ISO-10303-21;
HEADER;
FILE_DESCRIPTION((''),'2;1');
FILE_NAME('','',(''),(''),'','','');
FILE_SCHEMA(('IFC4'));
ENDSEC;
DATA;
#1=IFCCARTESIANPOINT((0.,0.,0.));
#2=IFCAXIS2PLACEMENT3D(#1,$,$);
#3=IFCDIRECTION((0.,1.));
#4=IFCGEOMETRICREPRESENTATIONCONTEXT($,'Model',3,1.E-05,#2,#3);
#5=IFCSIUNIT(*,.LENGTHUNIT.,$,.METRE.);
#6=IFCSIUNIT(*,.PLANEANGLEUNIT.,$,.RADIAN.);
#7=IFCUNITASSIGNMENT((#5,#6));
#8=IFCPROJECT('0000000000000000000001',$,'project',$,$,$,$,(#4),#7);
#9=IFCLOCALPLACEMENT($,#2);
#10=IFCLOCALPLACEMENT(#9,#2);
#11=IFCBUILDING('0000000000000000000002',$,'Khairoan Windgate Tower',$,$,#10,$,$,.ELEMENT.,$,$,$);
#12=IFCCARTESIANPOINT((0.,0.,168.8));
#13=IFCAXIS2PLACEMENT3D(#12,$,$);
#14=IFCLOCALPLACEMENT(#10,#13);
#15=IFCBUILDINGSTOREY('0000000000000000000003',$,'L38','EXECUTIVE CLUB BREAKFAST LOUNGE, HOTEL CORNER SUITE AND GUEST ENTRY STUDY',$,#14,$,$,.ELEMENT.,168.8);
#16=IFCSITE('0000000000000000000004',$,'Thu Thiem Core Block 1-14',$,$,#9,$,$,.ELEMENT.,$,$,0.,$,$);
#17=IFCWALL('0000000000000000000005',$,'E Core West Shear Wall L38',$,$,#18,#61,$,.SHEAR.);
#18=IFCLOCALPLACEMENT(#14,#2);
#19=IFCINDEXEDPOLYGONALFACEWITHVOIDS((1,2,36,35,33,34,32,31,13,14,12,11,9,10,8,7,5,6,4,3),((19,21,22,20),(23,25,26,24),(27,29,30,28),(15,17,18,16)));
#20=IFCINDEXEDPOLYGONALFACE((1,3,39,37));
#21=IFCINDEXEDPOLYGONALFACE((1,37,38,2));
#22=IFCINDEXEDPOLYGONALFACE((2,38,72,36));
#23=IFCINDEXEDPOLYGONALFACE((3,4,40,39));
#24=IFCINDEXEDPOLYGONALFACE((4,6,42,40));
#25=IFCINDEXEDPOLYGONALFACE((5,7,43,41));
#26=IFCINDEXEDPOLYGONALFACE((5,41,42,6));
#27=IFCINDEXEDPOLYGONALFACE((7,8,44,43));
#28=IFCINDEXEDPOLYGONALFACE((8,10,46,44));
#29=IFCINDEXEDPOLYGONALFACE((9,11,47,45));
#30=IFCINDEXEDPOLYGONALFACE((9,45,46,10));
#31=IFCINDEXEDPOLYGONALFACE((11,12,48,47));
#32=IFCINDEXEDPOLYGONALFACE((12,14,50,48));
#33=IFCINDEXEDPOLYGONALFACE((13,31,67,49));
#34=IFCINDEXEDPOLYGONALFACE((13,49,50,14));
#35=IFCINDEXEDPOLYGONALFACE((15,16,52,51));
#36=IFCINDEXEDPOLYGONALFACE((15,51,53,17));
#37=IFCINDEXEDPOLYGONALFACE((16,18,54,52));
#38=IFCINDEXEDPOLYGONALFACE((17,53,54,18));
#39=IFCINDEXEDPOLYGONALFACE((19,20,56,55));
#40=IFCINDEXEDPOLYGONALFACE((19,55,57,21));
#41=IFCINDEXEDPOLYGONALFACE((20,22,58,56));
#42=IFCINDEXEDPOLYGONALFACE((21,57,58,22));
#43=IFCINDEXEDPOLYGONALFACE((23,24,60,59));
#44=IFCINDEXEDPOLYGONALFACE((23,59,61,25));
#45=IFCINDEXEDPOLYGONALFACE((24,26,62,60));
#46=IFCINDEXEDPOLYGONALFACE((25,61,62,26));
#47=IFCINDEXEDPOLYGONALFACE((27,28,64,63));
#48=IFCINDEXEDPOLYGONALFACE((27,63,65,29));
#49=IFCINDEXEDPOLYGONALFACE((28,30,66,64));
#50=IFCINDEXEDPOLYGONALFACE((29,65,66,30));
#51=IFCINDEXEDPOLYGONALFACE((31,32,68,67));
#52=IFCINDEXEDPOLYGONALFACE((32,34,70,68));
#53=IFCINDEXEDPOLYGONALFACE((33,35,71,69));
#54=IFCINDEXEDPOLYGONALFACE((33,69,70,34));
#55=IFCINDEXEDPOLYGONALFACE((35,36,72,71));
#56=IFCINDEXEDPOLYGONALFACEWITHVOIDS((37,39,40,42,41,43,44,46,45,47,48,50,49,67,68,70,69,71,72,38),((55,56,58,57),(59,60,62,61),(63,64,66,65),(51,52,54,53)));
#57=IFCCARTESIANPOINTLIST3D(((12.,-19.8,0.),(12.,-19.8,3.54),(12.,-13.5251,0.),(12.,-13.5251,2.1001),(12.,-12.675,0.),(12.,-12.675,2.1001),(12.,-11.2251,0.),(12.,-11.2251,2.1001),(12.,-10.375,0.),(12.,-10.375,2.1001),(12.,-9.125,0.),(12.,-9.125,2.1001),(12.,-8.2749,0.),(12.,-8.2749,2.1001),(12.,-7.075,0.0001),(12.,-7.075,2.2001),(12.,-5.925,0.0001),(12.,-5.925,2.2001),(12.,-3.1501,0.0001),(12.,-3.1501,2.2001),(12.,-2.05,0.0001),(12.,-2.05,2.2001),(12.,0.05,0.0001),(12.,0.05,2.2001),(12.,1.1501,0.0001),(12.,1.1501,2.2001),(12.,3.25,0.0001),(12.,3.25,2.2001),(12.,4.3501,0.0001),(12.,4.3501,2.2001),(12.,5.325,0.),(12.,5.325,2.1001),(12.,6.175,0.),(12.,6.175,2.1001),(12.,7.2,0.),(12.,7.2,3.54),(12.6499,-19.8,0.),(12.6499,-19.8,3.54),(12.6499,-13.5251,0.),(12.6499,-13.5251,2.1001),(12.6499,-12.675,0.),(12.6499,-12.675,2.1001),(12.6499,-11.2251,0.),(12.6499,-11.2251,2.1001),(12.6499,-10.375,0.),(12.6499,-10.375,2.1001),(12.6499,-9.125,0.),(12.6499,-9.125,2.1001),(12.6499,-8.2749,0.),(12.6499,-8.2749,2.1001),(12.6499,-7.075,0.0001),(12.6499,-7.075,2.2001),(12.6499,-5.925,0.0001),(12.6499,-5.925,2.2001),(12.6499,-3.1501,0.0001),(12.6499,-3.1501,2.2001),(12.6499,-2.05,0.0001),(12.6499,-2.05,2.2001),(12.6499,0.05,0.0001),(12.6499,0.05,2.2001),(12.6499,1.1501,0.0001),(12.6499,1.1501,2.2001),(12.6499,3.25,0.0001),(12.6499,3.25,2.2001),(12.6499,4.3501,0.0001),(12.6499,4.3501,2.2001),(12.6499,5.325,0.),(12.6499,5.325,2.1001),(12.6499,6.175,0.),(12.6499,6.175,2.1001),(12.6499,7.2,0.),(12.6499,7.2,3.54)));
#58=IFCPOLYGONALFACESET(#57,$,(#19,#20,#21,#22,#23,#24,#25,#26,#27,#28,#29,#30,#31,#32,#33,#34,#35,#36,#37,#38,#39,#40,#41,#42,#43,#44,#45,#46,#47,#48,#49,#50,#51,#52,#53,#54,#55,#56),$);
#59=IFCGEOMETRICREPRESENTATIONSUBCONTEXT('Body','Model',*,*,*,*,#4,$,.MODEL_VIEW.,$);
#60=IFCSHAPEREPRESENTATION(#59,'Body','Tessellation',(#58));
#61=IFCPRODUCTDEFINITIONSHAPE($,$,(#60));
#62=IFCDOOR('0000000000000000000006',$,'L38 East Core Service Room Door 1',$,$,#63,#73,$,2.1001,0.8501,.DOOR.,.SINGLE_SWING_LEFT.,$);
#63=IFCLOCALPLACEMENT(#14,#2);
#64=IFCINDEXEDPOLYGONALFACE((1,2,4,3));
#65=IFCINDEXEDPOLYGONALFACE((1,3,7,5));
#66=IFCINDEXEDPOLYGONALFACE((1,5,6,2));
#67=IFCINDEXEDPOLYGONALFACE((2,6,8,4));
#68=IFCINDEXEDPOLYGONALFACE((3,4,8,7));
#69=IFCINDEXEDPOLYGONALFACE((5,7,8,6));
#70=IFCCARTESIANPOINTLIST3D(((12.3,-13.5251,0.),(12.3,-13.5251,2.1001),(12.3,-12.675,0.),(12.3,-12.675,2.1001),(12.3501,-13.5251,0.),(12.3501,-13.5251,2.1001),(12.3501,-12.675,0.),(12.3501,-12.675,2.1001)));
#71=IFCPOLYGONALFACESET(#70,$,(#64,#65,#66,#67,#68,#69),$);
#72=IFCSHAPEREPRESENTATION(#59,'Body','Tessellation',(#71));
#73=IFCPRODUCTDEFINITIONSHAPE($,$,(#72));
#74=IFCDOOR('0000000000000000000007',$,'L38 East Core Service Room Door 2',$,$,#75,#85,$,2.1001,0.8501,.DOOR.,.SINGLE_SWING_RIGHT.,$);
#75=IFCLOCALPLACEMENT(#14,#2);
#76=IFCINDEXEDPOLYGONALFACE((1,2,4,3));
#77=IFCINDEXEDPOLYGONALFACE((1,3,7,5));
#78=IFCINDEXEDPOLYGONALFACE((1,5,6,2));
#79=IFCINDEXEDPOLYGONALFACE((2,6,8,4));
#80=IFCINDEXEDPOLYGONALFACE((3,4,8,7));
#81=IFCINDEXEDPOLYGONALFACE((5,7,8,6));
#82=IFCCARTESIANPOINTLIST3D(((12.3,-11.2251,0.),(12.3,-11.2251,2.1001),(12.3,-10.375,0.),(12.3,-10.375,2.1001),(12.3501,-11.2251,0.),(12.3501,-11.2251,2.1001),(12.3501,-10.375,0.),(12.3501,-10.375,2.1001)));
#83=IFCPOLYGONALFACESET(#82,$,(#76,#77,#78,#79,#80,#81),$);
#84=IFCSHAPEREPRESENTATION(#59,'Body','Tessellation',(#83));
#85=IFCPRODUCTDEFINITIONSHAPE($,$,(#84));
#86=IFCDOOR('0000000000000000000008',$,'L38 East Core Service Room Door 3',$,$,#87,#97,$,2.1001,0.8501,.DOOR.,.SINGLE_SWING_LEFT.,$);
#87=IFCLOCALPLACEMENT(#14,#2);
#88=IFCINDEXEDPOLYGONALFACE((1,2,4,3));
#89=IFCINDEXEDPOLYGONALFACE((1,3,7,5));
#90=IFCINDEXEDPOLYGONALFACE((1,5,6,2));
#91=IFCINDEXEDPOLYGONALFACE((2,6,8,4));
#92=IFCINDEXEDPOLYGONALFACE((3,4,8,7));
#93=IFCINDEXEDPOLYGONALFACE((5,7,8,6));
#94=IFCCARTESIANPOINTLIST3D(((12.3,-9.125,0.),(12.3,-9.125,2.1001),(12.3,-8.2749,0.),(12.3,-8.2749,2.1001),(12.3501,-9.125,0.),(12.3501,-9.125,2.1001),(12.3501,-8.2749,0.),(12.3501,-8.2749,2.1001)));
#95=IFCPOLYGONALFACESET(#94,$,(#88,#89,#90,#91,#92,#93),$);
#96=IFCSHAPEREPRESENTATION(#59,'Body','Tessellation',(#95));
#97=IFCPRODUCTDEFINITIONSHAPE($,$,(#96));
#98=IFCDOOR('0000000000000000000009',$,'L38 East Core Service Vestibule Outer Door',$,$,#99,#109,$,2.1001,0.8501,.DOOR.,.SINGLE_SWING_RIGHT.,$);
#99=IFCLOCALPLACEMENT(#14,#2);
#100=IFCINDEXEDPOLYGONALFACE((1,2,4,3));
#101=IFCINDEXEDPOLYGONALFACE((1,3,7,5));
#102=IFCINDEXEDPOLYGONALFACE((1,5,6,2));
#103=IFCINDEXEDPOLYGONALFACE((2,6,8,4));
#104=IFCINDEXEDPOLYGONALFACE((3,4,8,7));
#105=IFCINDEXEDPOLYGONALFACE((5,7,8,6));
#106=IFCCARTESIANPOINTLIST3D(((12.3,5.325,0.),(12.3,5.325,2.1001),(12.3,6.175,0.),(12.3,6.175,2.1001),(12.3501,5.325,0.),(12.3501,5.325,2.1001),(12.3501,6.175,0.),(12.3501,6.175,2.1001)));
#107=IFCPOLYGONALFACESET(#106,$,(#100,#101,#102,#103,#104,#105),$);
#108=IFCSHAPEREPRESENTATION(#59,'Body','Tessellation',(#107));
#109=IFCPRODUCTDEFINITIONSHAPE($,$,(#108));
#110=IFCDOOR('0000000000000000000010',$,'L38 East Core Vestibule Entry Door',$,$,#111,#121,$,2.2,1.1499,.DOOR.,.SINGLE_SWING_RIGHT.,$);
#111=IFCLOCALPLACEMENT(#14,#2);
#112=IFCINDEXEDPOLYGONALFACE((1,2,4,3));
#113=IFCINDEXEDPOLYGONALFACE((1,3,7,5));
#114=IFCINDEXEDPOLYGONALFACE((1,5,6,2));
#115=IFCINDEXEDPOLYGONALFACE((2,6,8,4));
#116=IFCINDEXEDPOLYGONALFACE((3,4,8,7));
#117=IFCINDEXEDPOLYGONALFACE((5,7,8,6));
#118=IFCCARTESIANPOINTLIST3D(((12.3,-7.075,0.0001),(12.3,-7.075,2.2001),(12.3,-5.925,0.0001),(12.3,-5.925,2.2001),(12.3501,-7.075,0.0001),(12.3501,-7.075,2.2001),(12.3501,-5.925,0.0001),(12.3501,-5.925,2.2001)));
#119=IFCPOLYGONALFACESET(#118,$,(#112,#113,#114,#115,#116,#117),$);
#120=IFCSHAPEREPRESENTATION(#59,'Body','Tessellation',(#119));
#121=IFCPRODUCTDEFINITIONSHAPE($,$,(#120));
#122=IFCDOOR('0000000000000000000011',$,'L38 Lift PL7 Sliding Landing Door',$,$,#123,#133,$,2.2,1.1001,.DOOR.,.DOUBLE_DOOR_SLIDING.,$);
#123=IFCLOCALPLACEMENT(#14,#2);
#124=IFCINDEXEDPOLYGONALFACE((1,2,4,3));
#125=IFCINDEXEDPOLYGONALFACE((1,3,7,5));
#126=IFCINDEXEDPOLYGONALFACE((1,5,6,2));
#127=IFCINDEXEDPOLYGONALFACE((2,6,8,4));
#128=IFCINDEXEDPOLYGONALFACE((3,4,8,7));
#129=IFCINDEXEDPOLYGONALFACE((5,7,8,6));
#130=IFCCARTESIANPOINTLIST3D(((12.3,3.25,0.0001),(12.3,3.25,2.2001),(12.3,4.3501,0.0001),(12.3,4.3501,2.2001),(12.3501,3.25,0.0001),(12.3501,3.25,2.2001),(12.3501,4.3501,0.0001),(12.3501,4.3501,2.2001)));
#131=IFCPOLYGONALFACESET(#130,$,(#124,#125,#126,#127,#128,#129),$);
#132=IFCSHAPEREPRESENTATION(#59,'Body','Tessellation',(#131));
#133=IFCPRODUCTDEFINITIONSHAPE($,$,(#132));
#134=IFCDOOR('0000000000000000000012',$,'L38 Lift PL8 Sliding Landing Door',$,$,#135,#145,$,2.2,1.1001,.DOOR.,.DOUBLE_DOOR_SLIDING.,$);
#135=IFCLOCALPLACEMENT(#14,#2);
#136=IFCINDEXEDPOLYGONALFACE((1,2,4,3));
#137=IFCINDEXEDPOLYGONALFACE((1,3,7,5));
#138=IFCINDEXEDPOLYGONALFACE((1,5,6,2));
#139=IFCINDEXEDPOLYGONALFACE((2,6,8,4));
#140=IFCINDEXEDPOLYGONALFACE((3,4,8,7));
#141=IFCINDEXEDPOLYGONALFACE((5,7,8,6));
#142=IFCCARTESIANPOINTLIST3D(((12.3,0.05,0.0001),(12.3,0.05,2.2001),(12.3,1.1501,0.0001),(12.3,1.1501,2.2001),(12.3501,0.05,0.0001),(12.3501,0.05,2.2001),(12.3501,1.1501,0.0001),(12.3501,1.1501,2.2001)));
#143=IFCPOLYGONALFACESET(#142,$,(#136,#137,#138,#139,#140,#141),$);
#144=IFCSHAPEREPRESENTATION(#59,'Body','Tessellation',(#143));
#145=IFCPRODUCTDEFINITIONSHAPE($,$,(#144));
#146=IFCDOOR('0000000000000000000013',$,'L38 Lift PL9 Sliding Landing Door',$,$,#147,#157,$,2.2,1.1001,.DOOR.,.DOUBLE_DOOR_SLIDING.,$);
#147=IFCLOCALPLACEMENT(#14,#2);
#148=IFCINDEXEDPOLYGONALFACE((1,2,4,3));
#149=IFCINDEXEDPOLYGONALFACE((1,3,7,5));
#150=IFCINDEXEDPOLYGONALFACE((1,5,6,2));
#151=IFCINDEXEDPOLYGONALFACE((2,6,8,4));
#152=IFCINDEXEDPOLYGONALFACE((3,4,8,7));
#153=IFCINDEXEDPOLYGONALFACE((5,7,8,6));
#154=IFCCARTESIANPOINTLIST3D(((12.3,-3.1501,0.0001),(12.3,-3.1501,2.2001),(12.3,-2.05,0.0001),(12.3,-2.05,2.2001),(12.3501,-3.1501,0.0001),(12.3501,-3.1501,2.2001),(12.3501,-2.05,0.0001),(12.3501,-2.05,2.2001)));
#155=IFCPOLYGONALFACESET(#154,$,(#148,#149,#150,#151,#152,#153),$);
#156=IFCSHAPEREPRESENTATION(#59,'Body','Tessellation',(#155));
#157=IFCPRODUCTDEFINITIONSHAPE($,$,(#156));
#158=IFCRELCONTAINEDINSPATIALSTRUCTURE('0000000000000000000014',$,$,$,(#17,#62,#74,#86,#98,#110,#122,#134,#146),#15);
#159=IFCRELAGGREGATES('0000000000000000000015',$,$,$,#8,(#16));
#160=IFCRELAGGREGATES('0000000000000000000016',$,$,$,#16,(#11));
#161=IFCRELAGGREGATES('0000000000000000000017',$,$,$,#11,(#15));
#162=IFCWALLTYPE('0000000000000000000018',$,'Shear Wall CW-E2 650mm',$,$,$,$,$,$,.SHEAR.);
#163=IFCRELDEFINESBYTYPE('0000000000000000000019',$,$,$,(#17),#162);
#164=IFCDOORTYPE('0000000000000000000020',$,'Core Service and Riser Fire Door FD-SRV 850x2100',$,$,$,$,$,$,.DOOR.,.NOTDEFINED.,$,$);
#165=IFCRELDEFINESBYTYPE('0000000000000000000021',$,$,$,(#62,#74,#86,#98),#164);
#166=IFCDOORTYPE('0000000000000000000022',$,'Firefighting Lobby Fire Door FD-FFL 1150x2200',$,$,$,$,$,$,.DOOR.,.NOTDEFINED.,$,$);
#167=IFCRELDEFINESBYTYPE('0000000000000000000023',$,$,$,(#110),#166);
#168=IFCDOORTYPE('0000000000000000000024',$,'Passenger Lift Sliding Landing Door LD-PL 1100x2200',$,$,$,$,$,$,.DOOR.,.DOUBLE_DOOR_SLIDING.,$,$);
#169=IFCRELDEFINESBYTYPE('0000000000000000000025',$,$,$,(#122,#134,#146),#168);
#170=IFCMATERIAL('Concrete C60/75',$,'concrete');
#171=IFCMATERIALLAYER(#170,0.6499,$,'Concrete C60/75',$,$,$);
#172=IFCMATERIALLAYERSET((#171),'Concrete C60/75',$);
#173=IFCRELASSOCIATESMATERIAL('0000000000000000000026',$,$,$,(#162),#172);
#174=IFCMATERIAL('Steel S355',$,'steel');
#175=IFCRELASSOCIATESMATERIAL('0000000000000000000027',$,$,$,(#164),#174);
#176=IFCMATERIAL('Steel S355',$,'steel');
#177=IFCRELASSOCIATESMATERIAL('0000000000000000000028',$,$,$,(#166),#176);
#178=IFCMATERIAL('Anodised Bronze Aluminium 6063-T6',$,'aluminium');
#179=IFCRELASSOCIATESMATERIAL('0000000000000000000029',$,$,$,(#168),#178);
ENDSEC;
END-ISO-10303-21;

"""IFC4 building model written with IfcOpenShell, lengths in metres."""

from ifc_helpers import new_model, si_unit, direction, frame, frame_2d, origin, place, context, subcontext, project, spatial, rectangle, extrude, material, layer, layer_set, type_object, element, fill, save


model = new_model("IFC4")

# Units and contexts
model_context = context("Model", 3, precision=1e-05, world=origin(), true_north=direction((0.0, 1.0)))
body_context = subcontext(model_context, "Body", "Model", "MODEL_VIEW")
ifc_project = project(units=[si_unit("LENGTHUNIT", "METRE"), si_unit("PLANEANGLEUNIT", "RADIAN")], contexts=[model_context])

# Site, building, storey
site_placement = place(None, origin())
site = spatial("IfcSite", under=ifc_project, at=site_placement, Name="Thu Thiem Core Block 1-14", CompositionType="ELEMENT", RefElevation=0.0)
building_placement = place(site_placement, origin())
building = spatial("IfcBuilding", under=site, at=building_placement, Name="Khairoan Windgate Tower", CompositionType="ELEMENT")
storey_placement = place(building_placement, frame((0.0, 0.0, 168.8)))
storey = spatial("IfcBuildingStorey", under=building, at=storey_placement, Name="L38", Description="EXECUTIVE CLUB BREAKFAST LOUNGE, HOTEL CORNER SUITE AND GUEST ENTRY STUDY", CompositionType="ELEMENT", Elevation=168.8)

# Wall, openings, doors
ifc_material_1 = material(Name="Concrete C60/75", Category="concrete")
ifc_layer_1 = layer(ifc_material_1, 0.6499, Name="Concrete C60/75")
ifc_layer_set_1 = layer_set([ifc_layer_1], Name="Concrete C60/75")
wall_type = type_object("IfcWallType", Name="Shear Wall CW-E2 650mm", PredefinedType="SHEAR", material=ifc_layer_set_1)
wall_1_placement = place(storey_placement, frame((12.325, -19.8, 0.0), z_axis=(0.0, 0.0, 1.0), x_axis=(0.0, 1.0, 0.0)))
wall_1 = element("IfcWall", 1, at=wall_1_placement, inside=storey, type_object=wall_type, Name="E Core West Shear Wall L38", PredefinedType="SHEAR", context=body_context, shape_type="SweptSolid", body=[
    extrude(rectangle(XDim=27.0, YDim=0.6499, at=frame_2d((13.5, 0.0))), origin(), (0.0, 0.0, 1.0), 3.54),
])
opening_1_placement = place(wall_1_placement, frame((23.05, 0.0, 0.0)))
opening_1 = element("IfcOpeningElement", 2, at=opening_1_placement, cuts=wall_1, PredefinedType="OPENING", context=body_context, shape_type="SweptSolid", body=[
    extrude(rectangle(XDim=1.1001, YDim=2.2, at=frame_2d((0.55, 1.1001))), frame((0.0, 0.335, 0.0), z_axis=(0.0, -1.0, 0.0), x_axis=(1.0, 0.0, 0.0)), (0.0, 0.0, 1.0), 0.6699),
])
opening_2_placement = place(wall_1_placement, frame((19.8501, 0.0, 0.0)))
opening_2 = element("IfcOpeningElement", 3, at=opening_2_placement, cuts=wall_1, PredefinedType="OPENING", context=body_context, shape_type="SweptSolid", body=[
    extrude(rectangle(XDim=1.1001, YDim=2.2, at=frame_2d((0.55, 1.1001))), frame((0.0, 0.335, 0.0), z_axis=(0.0, -1.0, 0.0), x_axis=(1.0, 0.0, 0.0)), (0.0, 0.0, 1.0), 0.6699),
])
opening_3_placement = place(wall_1_placement, frame((16.6499, 0.0, 0.0)))
opening_3 = element("IfcOpeningElement", 4, at=opening_3_placement, cuts=wall_1, PredefinedType="OPENING", context=body_context, shape_type="SweptSolid", body=[
    extrude(rectangle(XDim=1.1001, YDim=2.2, at=frame_2d((0.55, 1.1001))), frame((0.0, 0.335, 0.0), z_axis=(0.0, -1.0, 0.0), x_axis=(1.0, 0.0, 0.0)), (0.0, 0.0, 1.0), 0.6699),
])
opening_4_placement = place(wall_1_placement, frame((6.2749, 0.0, 0.0)))
opening_4 = element("IfcOpeningElement", 5, at=opening_4_placement, cuts=wall_1, PredefinedType="OPENING", context=body_context, shape_type="SweptSolid", body=[
    extrude(rectangle(XDim=0.8501, YDim=2.1001, at=frame_2d((0.425, 1.05))), frame((0.0, 0.335, 0.0), z_axis=(0.0, -1.0, 0.0), x_axis=(1.0, 0.0, 0.0)), (0.0, 0.0, 1.0), 0.6699),
])
opening_5_placement = place(wall_1_placement, frame((8.575, 0.0, 0.0)))
opening_5 = element("IfcOpeningElement", 6, at=opening_5_placement, cuts=wall_1, PredefinedType="OPENING", context=body_context, shape_type="SweptSolid", body=[
    extrude(rectangle(XDim=0.8501, YDim=2.1001, at=frame_2d((0.425, 1.05))), frame((0.0, 0.335, 0.0), z_axis=(0.0, -1.0, 0.0), x_axis=(1.0, 0.0, 0.0)), (0.0, 0.0, 1.0), 0.6699),
])
opening_6_placement = place(wall_1_placement, frame((10.675, 0.0, 0.0)))
opening_6 = element("IfcOpeningElement", 7, at=opening_6_placement, cuts=wall_1, PredefinedType="OPENING", context=body_context, shape_type="SweptSolid", body=[
    extrude(rectangle(XDim=0.8501, YDim=2.1001, at=frame_2d((0.425, 1.05))), frame((0.0, 0.335, 0.0), z_axis=(0.0, -1.0, 0.0), x_axis=(1.0, 0.0, 0.0)), (0.0, 0.0, 1.0), 0.6699),
])
opening_7_placement = place(wall_1_placement, frame((12.7251, 0.0, 0.0)))
opening_7 = element("IfcOpeningElement", 8, at=opening_7_placement, cuts=wall_1, PredefinedType="OPENING", context=body_context, shape_type="SweptSolid", body=[
    extrude(rectangle(XDim=1.1499, YDim=2.2, at=frame_2d((0.575, 1.1001))), frame((0.0, 0.335, 0.0), z_axis=(0.0, -1.0, 0.0), x_axis=(1.0, 0.0, 0.0)), (0.0, 0.0, 1.0), 0.6699),
])
opening_8_placement = place(wall_1_placement, frame((25.125, 0.0, 0.0)))
opening_8 = element("IfcOpeningElement", 9, at=opening_8_placement, cuts=wall_1, PredefinedType="OPENING", context=body_context, shape_type="SweptSolid", body=[
    extrude(rectangle(XDim=0.8501, YDim=2.1001, at=frame_2d((0.425, 1.05))), frame((0.0, 0.335, 0.0), z_axis=(0.0, -1.0, 0.0), x_axis=(1.0, 0.0, 0.0)), (0.0, 0.0, 1.0), 0.6699),
])
ifc_material_2 = material(Name="Steel S355", Category="steel")
door_type_1 = type_object("IfcDoorType", Name="Core Service and Riser Fire Door FD-SRV 850x2100", OperationType="NOTDEFINED", PredefinedType="DOOR", material=ifc_material_2)
door_1_placement = place(opening_4_placement, origin())
door_1 = element("IfcDoor", 10, at=door_1_placement, inside=storey, type_object=door_type_1, Name="L38 East Core Service Room Door 1", OperationType="SINGLE_SWING_LEFT", OverallHeight=2.1001, OverallWidth=0.8501, PredefinedType="DOOR", context=body_context, shape_type="SweptSolid", body=[
    extrude(rectangle(XDim=0.8501, YDim=2.1001, at=frame_2d((0.425, 1.05))), frame((0.0, 0.0249, 0.0), z_axis=(0.0, -1.0, 0.0), x_axis=(1.0, 0.0, 0.0)), (0.0, 0.0, 1.0), 0.05),
])
fill(opening_4, door_1)
door_2_placement = place(opening_5_placement, origin())
door_2 = element("IfcDoor", 11, at=door_2_placement, inside=storey, type_object=door_type_1, Name="L38 East Core Service Room Door 2", OperationType="SINGLE_SWING_RIGHT", OverallHeight=2.1001, OverallWidth=0.8501, PredefinedType="DOOR", context=body_context, shape_type="SweptSolid", body=[
    extrude(rectangle(XDim=0.8501, YDim=2.1001, at=frame_2d((0.425, 1.05))), frame((0.0, 0.0249, 0.0), z_axis=(0.0, -1.0, 0.0), x_axis=(1.0, 0.0, 0.0)), (0.0, 0.0, 1.0), 0.05),
])
fill(opening_5, door_2)
door_3_placement = place(opening_6_placement, origin())
door_3 = element("IfcDoor", 12, at=door_3_placement, inside=storey, type_object=door_type_1, Name="L38 East Core Service Room Door 3", OperationType="SINGLE_SWING_LEFT", OverallHeight=2.1001, OverallWidth=0.8501, PredefinedType="DOOR", context=body_context, shape_type="SweptSolid", body=[
    extrude(rectangle(XDim=0.8501, YDim=2.1001, at=frame_2d((0.425, 1.05))), frame((0.0, 0.0249, 0.0), z_axis=(0.0, -1.0, 0.0), x_axis=(1.0, 0.0, 0.0)), (0.0, 0.0, 1.0), 0.05),
])
fill(opening_6, door_3)
door_4_placement = place(opening_8_placement, origin())
door_4 = element("IfcDoor", 13, at=door_4_placement, inside=storey, type_object=door_type_1, Name="L38 East Core Service Vestibule Outer Door", OperationType="SINGLE_SWING_RIGHT", OverallHeight=2.1001, OverallWidth=0.8501, PredefinedType="DOOR", context=body_context, shape_type="SweptSolid", body=[
    extrude(rectangle(XDim=0.8501, YDim=2.1001, at=frame_2d((0.425, 1.05))), frame((0.0, 0.0249, 0.0), z_axis=(0.0, -1.0, 0.0), x_axis=(1.0, 0.0, 0.0)), (0.0, 0.0, 1.0), 0.05),
])
fill(opening_8, door_4)
ifc_material_3 = material(Name="Steel S355", Category="steel")
door_type_2 = type_object("IfcDoorType", Name="Firefighting Lobby Fire Door FD-FFL 1150x2200", OperationType="NOTDEFINED", PredefinedType="DOOR", material=ifc_material_3)
door_5_placement = place(opening_7_placement, origin())
door_5 = element("IfcDoor", 14, at=door_5_placement, inside=storey, type_object=door_type_2, Name="L38 East Core Vestibule Entry Door", OperationType="SINGLE_SWING_RIGHT", OverallHeight=2.2, OverallWidth=1.1499, PredefinedType="DOOR", context=body_context, shape_type="SweptSolid", body=[
    extrude(rectangle(XDim=1.1499, YDim=2.2, at=frame_2d((0.575, 1.1001))), frame((0.0, 0.0249, 0.0), z_axis=(0.0, -1.0, 0.0), x_axis=(1.0, 0.0, 0.0)), (0.0, 0.0, 1.0), 0.05),
])
fill(opening_7, door_5)
ifc_material_4 = material(Name="Anodised Bronze Aluminium 6063-T6", Category="aluminium")
door_type_3 = type_object("IfcDoorType", Name="Passenger Lift Sliding Landing Door LD-PL 1100x2200", OperationType="DOUBLE_DOOR_SLIDING", PredefinedType="DOOR", material=ifc_material_4)
door_6_placement = place(opening_1_placement, origin())
door_6 = element("IfcDoor", 15, at=door_6_placement, inside=storey, type_object=door_type_3, Name="L38 Lift PL7 Sliding Landing Door", OperationType="DOUBLE_DOOR_SLIDING", OverallHeight=2.2, OverallWidth=1.1001, PredefinedType="DOOR", context=body_context, shape_type="SweptSolid", body=[
    extrude(rectangle(XDim=1.1001, YDim=2.2, at=frame_2d((0.55, 1.1001))), frame((0.0, 0.0249, 0.0), z_axis=(0.0, -1.0, 0.0), x_axis=(1.0, 0.0, 0.0)), (0.0, 0.0, 1.0), 0.05),
])
fill(opening_1, door_6)
door_7_placement = place(opening_2_placement, origin())
door_7 = element("IfcDoor", 16, at=door_7_placement, inside=storey, type_object=door_type_3, Name="L38 Lift PL8 Sliding Landing Door", OperationType="DOUBLE_DOOR_SLIDING", OverallHeight=2.2, OverallWidth=1.1001, PredefinedType="DOOR", context=body_context, shape_type="SweptSolid", body=[
    extrude(rectangle(XDim=1.1001, YDim=2.2, at=frame_2d((0.55, 1.1001))), frame((0.0, 0.0249, 0.0), z_axis=(0.0, -1.0, 0.0), x_axis=(1.0, 0.0, 0.0)), (0.0, 0.0, 1.0), 0.05),
])
fill(opening_2, door_7)
door_8_placement = place(opening_3_placement, origin())
door_8 = element("IfcDoor", 17, at=door_8_placement, inside=storey, type_object=door_type_3, Name="L38 Lift PL9 Sliding Landing Door", OperationType="DOUBLE_DOOR_SLIDING", OverallHeight=2.2, OverallWidth=1.1001, PredefinedType="DOOR", context=body_context, shape_type="SweptSolid", body=[
    extrude(rectangle(XDim=1.1001, YDim=2.2, at=frame_2d((0.55, 1.1001))), frame((0.0, 0.0249, 0.0), z_axis=(0.0, -1.0, 0.0), x_axis=(1.0, 0.0, 0.0)), (0.0, 0.0, 1.0), 0.05),
])
fill(opening_3, door_8)

save(model, "model.ifc")
